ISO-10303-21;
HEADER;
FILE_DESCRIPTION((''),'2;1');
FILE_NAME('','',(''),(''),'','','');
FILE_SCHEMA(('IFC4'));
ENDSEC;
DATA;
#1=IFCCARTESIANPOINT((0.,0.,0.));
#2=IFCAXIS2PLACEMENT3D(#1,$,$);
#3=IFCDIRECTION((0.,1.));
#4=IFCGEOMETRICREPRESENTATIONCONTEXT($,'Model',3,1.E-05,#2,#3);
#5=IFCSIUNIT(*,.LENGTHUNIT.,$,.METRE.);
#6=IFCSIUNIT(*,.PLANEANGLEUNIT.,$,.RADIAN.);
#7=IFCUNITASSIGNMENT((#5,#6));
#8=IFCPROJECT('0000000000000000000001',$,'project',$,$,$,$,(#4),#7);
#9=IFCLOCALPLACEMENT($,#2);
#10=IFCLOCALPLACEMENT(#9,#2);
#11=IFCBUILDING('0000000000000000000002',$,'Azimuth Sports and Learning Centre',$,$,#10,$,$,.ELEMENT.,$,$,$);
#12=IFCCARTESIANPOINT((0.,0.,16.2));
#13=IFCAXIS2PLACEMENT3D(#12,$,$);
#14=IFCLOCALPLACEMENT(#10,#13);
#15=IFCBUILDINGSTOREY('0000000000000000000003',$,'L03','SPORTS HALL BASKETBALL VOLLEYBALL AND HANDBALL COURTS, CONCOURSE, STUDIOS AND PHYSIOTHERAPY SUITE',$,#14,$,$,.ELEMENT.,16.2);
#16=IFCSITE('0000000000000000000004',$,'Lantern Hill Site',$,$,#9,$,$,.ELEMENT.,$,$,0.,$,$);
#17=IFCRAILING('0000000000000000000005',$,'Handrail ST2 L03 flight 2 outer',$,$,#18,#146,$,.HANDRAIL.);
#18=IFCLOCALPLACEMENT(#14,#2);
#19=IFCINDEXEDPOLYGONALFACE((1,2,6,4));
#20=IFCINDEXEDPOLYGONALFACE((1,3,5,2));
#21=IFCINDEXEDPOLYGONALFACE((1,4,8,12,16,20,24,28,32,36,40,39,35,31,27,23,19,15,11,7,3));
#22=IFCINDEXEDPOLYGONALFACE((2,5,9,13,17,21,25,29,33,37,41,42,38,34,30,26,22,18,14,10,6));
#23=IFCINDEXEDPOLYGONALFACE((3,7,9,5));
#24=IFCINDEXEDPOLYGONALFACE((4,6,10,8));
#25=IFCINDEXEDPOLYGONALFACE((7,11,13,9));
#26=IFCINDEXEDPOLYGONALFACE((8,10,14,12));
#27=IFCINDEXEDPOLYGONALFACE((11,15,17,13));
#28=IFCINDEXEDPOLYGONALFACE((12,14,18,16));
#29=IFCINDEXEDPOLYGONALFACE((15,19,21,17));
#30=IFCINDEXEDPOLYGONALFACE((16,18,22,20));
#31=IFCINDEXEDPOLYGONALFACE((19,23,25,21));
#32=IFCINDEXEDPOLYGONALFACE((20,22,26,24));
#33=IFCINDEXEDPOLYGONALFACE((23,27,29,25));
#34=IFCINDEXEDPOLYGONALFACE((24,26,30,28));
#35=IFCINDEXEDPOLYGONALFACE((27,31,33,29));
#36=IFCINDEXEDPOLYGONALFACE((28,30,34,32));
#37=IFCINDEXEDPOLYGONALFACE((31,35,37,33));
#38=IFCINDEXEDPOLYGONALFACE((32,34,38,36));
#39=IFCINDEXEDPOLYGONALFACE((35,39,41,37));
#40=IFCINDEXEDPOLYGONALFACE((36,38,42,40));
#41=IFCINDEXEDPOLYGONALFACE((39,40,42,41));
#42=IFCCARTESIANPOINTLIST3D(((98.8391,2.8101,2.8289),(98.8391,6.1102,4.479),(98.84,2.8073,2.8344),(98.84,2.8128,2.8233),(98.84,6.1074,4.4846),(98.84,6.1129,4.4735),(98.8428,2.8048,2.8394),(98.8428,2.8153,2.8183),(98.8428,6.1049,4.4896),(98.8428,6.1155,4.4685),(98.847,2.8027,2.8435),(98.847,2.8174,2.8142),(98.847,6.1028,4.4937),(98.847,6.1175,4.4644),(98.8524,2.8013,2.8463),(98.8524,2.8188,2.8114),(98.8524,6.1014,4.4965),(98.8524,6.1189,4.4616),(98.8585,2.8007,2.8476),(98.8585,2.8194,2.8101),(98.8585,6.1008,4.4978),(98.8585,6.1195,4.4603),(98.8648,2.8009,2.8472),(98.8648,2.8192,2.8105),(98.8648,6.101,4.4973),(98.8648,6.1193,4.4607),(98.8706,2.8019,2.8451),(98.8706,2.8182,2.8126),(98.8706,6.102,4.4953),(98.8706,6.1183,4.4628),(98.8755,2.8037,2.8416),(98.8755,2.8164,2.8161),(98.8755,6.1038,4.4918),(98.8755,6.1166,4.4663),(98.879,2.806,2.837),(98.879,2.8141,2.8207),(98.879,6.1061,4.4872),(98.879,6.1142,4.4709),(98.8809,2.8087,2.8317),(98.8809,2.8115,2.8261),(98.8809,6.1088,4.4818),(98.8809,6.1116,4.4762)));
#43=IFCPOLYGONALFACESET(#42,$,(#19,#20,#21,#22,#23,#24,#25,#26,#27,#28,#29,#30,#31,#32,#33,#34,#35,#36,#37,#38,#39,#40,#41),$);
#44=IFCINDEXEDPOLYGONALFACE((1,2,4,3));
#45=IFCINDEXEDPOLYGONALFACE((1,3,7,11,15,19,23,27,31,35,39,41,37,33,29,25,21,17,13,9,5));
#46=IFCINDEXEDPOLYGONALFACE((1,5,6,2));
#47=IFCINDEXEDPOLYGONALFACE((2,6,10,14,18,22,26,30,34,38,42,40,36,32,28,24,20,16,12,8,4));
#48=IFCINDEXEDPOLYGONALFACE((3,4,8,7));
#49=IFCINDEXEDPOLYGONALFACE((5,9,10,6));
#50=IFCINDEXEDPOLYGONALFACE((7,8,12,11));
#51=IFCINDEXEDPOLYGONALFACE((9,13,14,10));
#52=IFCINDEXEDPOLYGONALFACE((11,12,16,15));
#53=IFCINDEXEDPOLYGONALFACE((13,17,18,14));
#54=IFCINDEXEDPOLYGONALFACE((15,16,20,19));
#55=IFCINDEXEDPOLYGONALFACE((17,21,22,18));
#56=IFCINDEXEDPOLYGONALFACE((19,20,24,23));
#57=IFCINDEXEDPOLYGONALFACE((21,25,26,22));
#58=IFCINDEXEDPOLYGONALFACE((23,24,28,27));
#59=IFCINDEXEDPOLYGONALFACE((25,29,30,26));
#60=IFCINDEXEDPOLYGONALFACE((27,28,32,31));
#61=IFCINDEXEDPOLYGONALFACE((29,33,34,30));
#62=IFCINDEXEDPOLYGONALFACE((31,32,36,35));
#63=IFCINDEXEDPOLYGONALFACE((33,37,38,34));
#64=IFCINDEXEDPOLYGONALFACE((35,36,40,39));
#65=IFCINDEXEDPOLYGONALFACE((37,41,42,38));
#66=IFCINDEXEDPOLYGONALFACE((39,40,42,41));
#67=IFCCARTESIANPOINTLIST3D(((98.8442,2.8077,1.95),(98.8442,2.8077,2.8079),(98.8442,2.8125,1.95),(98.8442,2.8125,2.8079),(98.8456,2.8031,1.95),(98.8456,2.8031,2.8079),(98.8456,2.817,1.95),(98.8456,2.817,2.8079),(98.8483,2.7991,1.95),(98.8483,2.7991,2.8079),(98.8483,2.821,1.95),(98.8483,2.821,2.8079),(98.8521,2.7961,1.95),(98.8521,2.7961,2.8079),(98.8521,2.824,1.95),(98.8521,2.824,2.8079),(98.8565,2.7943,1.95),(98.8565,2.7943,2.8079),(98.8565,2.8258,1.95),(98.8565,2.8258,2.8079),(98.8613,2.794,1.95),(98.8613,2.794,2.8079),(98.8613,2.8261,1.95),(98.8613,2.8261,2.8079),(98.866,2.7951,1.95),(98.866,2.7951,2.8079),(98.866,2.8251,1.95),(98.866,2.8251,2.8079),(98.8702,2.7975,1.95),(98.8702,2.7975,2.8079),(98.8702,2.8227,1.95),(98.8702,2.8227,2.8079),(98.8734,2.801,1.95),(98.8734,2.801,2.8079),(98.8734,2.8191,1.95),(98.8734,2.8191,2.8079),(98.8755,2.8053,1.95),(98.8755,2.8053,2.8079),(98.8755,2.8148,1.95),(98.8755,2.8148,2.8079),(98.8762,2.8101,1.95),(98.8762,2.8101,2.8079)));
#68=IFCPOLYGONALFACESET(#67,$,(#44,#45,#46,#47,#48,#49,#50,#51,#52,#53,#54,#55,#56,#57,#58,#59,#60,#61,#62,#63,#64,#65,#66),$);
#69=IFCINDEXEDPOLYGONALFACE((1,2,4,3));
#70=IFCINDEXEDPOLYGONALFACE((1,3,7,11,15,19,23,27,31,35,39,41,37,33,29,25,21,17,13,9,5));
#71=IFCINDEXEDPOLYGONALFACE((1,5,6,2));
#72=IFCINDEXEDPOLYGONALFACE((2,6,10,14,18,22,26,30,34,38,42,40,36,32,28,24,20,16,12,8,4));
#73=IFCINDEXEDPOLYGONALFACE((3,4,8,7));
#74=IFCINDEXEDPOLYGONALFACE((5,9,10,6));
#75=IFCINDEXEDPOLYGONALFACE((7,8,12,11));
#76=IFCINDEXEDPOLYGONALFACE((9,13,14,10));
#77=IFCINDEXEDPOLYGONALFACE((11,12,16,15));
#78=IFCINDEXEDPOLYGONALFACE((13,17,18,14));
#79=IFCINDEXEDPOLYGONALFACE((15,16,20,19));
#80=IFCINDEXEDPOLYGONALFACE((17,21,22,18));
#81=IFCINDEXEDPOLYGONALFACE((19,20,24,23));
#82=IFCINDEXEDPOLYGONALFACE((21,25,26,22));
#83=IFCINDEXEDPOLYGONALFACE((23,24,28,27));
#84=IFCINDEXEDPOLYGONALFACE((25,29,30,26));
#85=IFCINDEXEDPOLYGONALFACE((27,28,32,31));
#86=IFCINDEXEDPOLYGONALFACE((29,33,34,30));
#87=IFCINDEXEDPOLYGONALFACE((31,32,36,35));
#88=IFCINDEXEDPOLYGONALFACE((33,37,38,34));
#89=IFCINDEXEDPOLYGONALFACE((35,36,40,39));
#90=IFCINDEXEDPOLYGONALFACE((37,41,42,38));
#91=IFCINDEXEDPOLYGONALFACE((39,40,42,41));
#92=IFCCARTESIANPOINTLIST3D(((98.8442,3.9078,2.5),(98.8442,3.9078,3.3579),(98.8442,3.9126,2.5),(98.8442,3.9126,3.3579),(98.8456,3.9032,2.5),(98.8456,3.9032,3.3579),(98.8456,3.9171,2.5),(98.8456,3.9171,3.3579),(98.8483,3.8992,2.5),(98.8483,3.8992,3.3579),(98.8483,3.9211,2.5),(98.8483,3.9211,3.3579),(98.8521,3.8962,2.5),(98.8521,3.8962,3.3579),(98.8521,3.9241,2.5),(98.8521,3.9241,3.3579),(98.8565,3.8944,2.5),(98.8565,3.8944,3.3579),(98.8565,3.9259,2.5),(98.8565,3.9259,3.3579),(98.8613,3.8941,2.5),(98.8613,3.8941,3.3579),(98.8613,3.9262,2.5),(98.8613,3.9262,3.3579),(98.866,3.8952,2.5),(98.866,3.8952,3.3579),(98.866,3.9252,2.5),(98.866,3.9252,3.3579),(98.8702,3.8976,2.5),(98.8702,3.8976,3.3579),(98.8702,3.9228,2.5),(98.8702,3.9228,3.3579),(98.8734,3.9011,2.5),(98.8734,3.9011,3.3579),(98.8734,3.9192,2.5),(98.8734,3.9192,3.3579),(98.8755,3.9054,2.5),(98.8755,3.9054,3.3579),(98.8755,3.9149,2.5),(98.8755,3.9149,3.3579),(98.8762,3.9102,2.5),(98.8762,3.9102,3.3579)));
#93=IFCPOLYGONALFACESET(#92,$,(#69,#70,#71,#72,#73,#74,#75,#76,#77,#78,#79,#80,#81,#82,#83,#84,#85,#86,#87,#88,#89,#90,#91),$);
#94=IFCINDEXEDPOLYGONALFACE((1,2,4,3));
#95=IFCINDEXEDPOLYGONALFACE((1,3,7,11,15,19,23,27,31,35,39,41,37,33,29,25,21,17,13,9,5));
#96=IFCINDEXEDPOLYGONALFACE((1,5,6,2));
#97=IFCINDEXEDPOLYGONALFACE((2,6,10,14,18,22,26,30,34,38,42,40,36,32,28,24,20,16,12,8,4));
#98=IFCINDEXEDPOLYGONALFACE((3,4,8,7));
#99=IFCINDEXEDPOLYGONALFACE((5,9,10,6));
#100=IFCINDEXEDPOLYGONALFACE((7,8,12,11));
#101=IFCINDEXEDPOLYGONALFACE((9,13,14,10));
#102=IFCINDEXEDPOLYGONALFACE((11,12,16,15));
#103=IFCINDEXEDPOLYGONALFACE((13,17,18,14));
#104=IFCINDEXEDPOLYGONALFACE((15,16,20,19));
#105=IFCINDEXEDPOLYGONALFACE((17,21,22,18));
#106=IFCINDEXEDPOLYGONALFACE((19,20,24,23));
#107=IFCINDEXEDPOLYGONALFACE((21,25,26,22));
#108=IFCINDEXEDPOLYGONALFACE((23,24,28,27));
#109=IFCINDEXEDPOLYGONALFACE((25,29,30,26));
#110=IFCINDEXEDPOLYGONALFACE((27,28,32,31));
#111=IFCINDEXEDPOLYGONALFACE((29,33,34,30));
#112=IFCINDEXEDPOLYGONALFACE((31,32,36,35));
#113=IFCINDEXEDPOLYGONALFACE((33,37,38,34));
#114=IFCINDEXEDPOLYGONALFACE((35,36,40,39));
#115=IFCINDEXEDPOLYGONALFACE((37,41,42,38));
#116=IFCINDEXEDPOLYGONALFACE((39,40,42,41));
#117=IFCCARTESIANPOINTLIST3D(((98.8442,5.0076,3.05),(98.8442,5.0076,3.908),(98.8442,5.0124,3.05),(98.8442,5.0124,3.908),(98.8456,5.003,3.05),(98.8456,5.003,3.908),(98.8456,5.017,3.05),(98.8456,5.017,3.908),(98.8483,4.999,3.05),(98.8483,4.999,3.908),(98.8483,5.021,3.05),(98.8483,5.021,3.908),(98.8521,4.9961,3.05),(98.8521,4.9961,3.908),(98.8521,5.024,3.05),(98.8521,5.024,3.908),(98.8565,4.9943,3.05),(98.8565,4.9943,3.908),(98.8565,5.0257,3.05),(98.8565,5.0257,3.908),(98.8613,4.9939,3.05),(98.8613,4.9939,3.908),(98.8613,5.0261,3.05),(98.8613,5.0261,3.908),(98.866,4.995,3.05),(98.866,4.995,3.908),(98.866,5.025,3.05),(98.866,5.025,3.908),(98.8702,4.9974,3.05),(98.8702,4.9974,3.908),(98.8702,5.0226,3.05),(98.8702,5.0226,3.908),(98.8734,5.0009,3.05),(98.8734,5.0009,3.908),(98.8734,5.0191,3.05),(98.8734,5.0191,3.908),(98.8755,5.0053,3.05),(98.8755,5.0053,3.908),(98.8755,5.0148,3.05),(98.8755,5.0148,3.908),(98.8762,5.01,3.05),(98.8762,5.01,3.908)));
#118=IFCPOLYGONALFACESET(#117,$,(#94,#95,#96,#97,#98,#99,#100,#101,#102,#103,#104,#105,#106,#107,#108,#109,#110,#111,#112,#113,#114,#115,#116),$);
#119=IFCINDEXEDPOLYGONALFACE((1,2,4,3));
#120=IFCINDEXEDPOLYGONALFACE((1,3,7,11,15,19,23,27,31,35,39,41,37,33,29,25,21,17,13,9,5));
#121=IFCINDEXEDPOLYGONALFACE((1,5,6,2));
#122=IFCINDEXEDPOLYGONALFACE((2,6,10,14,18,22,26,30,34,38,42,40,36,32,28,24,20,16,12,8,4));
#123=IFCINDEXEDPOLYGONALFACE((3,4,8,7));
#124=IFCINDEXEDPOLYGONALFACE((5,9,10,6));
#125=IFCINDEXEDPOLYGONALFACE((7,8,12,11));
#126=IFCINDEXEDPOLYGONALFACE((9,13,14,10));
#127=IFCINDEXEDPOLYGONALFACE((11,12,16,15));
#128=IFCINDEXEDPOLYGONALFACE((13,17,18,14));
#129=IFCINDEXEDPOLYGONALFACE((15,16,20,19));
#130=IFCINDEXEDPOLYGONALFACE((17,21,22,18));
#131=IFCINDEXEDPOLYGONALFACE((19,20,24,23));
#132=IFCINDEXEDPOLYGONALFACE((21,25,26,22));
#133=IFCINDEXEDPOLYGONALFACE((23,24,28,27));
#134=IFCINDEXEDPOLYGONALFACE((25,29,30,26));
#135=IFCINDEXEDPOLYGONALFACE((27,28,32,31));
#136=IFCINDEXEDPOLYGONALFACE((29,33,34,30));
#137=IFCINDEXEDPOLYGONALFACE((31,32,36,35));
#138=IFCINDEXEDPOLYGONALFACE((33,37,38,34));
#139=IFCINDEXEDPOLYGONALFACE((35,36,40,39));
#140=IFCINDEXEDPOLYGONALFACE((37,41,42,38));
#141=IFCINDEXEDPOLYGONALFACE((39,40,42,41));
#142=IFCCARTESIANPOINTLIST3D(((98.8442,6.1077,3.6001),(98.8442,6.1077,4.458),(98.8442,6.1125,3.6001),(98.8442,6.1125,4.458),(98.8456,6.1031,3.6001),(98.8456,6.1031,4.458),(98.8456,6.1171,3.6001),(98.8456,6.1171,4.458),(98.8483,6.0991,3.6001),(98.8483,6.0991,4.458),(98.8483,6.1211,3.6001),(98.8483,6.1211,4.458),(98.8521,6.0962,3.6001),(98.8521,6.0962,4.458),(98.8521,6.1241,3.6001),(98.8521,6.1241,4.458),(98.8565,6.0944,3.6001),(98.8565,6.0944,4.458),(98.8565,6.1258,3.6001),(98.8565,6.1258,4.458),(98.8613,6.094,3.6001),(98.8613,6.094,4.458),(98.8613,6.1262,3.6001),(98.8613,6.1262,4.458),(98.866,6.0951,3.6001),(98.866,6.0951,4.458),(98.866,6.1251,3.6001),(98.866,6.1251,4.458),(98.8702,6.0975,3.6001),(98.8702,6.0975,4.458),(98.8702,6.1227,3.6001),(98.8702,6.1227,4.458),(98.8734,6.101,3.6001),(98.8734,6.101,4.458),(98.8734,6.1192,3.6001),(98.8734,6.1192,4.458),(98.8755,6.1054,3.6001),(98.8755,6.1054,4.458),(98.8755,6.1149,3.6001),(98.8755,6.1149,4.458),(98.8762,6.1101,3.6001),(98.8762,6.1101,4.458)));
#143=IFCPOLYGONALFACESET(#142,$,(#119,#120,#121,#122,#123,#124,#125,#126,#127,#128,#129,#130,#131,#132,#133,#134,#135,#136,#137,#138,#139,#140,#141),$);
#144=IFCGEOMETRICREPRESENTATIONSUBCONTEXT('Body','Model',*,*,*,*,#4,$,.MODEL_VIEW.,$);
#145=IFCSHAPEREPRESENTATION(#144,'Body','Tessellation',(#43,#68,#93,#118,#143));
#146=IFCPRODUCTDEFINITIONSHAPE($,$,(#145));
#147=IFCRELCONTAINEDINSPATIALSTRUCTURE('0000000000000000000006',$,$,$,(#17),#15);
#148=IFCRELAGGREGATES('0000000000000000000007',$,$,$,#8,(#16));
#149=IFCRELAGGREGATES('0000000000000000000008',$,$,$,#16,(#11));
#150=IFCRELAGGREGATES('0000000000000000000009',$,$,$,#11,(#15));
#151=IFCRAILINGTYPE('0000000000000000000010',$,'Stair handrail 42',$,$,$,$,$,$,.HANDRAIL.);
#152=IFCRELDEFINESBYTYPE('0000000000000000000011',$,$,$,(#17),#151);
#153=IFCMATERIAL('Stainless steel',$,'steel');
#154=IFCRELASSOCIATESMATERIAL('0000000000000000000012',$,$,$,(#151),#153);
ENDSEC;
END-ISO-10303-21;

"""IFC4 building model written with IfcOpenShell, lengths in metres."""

from ifc_helpers import new_model, si_unit, direction, frame, origin, origin_2d, place, context, subcontext, project, spatial, circle, extrude, material, type_object, element, save


model = new_model("IFC4")

# Units and contexts
model_context = context("Model", 3, precision=1e-05, world=origin(), true_north=direction((0.0, 1.0)))
body_context = subcontext(model_context, "Body", "Model", "MODEL_VIEW")
ifc_project = project(units=[si_unit("LENGTHUNIT", "METRE"), si_unit("PLANEANGLEUNIT", "RADIAN")], contexts=[model_context])

# Site, building, storey
site_placement = place(None, origin())
site = spatial("IfcSite", under=ifc_project, at=site_placement, Name="Lantern Hill Site", CompositionType="ELEMENT", RefElevation=0.0)
building_placement = place(site_placement, origin())
building = spatial("IfcBuilding", under=site, at=building_placement, Name="Azimuth Sports and Learning Centre", CompositionType="ELEMENT")
storey_placement = place(building_placement, frame((0.0, 0.0, 16.2)))
storey = spatial("IfcBuildingStorey", under=building, at=storey_placement, Name="L03", Description="SPORTS HALL BASKETBALL VOLLEYBALL AND HANDBALL COURTS, CONCOURSE, STUDIOS AND PHYSIOTHERAPY SUITE", CompositionType="ELEMENT", Elevation=16.2)

# Railing
ifc_material_1 = material(Name="Stainless steel", Category="steel")
railing_type_1 = type_object("IfcRailingType", Name="Stair handrail 42", PredefinedType="HANDRAIL", material=ifc_material_1)
for number, where, name in (
    (1, (98.8601, 2.8101, 1.95), "Handrail ST2 L03 flight 2 outer"),
):
    element("IfcRailing", number, at=place(storey_placement, frame(where)), inside=storey, type_object=railing_type_1, Name=name, PredefinedType="HANDRAIL", context=body_context, shape_type="SweptSolid", body=[
        extrude(circle(Radius=0.021, at=origin_2d()), frame((0.0, 0.0, 0.8789), z_axis=(0.0, 0.894414, 0.44724), x_axis=(-1.0, 0.0, 0.0)), (0.0, 0.0, 1.0), 3.6897),
        extrude(circle(Radius=0.0161, at=origin_2d()), origin(), (0.0, 0.0, 1.0), 0.8579),
        extrude(circle(Radius=0.0161, at=origin_2d()), frame((0.0, 1.1001, 0.55)), (0.0, 0.0, 1.0), 0.8579),
        extrude(circle(Radius=0.0161, at=origin_2d()), frame((0.0, 2.2, 1.1001)), (0.0, 0.0, 1.0), 0.8579),
        extrude(circle(Radius=0.0161, at=origin_2d()), frame((0.0, 3.3, 1.6501)), (0.0, 0.0, 1.0), 0.8579),
    ])

save(model, "model.ifc")
